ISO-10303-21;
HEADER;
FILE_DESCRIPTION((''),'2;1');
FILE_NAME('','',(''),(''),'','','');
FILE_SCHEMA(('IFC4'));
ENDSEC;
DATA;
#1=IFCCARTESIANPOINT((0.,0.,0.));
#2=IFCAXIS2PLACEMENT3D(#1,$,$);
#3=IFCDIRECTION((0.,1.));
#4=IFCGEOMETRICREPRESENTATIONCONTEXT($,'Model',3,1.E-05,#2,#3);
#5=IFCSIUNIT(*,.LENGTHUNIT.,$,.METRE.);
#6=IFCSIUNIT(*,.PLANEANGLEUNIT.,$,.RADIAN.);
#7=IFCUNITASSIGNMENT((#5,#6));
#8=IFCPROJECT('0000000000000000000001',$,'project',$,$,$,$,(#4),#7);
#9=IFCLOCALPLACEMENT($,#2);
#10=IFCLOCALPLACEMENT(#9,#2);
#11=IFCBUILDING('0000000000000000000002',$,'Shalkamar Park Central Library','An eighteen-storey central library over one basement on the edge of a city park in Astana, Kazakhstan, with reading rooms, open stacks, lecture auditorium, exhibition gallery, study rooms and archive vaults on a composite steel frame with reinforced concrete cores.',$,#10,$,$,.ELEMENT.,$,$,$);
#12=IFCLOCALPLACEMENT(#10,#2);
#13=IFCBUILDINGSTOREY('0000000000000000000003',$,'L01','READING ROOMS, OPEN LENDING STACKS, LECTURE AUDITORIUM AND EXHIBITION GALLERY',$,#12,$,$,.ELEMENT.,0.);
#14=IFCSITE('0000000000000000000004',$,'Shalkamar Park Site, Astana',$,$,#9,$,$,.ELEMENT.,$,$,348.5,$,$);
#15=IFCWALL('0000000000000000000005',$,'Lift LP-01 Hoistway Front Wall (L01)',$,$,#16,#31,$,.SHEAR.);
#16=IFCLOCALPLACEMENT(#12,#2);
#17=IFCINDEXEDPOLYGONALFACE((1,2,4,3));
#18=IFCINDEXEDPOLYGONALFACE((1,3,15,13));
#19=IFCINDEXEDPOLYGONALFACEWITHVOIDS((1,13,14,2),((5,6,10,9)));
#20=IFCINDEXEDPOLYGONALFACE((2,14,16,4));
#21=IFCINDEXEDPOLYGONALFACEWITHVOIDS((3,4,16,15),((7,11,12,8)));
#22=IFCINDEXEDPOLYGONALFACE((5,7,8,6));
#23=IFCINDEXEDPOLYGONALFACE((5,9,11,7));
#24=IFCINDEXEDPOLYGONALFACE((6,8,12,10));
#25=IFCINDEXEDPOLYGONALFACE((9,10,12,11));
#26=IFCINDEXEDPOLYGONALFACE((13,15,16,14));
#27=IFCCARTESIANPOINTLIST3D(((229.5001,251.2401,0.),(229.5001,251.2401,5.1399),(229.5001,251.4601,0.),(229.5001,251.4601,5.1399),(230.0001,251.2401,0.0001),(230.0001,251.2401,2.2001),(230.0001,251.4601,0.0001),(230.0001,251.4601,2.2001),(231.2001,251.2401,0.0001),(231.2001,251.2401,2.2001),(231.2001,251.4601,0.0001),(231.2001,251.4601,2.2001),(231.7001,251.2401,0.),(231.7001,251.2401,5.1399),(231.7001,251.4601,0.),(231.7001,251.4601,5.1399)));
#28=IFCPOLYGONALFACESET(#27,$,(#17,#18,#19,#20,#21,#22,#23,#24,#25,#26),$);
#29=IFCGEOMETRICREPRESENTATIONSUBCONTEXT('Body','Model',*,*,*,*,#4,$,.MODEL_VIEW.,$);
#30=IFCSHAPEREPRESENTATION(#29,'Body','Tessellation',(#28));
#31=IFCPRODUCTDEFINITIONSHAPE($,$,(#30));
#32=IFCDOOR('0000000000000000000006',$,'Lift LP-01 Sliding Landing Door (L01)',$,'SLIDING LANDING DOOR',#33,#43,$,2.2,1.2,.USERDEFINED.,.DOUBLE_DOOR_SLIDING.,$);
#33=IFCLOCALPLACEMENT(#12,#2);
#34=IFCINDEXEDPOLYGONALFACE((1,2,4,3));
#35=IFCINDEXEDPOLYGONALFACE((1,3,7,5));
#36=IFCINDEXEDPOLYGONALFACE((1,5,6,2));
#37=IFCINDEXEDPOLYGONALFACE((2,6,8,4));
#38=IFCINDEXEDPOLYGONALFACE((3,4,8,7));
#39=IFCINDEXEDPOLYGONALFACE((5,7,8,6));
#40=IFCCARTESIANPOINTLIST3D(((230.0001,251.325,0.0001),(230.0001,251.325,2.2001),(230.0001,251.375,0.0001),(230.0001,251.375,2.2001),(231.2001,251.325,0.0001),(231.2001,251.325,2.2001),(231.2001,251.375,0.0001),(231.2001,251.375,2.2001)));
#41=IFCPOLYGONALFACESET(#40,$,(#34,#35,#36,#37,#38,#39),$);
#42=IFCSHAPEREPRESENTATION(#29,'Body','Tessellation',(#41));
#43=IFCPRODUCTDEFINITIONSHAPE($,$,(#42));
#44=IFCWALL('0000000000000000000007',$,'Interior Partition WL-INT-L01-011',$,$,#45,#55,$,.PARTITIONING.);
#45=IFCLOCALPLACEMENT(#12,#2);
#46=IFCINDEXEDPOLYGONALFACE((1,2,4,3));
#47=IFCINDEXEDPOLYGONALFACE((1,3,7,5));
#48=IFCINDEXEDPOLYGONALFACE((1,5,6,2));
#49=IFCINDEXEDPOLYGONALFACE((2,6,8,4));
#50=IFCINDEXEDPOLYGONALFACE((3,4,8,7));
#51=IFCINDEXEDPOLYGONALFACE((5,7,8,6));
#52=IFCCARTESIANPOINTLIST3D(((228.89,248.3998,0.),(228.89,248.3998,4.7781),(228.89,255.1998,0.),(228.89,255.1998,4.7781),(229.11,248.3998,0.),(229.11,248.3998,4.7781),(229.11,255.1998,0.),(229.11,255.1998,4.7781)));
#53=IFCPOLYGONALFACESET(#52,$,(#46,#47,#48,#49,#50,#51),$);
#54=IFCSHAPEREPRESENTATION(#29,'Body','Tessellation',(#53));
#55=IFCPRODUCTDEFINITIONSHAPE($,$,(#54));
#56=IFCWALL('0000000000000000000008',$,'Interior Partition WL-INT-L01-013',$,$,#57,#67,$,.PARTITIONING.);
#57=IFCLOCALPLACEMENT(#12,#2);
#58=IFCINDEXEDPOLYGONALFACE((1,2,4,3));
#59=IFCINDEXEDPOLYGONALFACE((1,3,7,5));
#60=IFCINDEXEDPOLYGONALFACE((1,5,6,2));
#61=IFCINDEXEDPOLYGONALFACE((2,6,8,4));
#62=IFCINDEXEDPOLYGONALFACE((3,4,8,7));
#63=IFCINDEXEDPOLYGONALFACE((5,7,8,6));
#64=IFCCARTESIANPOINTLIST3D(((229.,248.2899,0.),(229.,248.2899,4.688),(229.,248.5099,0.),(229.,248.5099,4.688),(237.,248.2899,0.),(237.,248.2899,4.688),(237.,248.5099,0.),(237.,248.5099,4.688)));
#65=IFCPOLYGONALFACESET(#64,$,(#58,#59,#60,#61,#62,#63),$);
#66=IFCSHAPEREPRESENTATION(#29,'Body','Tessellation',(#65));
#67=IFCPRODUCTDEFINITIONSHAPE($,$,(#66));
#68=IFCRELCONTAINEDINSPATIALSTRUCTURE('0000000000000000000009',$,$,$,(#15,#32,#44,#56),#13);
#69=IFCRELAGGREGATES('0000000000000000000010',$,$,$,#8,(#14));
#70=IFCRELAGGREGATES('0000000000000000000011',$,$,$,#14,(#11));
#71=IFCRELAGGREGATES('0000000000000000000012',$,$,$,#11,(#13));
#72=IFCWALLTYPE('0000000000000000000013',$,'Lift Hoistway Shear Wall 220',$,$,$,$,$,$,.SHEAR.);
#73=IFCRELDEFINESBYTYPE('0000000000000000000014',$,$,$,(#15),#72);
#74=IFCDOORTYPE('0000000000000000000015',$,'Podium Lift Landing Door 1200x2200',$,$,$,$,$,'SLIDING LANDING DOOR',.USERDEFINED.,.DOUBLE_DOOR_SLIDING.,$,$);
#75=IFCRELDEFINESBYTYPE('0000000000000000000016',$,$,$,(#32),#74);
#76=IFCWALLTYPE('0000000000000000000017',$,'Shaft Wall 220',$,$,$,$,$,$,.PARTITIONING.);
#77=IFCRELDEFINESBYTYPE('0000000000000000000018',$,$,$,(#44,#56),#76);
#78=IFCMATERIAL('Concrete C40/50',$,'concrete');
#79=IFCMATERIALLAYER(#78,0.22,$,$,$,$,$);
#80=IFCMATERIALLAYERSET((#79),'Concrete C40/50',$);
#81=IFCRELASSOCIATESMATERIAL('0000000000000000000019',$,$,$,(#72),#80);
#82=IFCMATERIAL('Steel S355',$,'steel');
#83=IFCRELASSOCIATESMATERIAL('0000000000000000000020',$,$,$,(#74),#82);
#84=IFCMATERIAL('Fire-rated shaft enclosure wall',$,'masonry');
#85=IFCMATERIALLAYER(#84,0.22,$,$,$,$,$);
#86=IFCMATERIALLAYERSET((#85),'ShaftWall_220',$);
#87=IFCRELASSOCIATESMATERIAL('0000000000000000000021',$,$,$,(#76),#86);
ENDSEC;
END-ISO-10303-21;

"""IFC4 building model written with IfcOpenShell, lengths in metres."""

from ifc_helpers import new_model, si_unit, direction, frame, frame_2d, origin, place, context, subcontext, project, spatial, rectangle, extrude, material, layer, layer_set, type_object, element, fill, save


model = new_model("IFC4")

# Units and contexts
model_context = context("Model", 3, precision=1e-05, world=origin(), true_north=direction((0.0, 1.0)))
body_context = subcontext(model_context, "Body", "Model", "MODEL_VIEW")
ifc_project = project(units=[si_unit("LENGTHUNIT", "METRE"), si_unit("PLANEANGLEUNIT", "RADIAN")], contexts=[model_context])

# Site, building, storey
site_placement = place(None, origin())
site = spatial("IfcSite", under=ifc_project, at=site_placement, Name="Shalkamar Park Site, Astana", CompositionType="ELEMENT", RefElevation=348.5)
building_placement = place(site_placement, origin())
building = spatial("IfcBuilding", under=site, at=building_placement, Name="Shalkamar Park Central Library", Description="An eighteen-storey central library over one basement on the edge of a city park in Astana, Kazakhstan, with reading rooms, open stacks, lecture auditorium, exhibition gallery, study rooms and archive vaults on a composite steel frame with reinforced concrete cores.", CompositionType="ELEMENT")
storey_placement = place(building_placement, origin())
storey = spatial("IfcBuildingStorey", under=building, at=storey_placement, Name="L01", Description="READING ROOMS, OPEN LENDING STACKS, LECTURE AUDITORIUM AND EXHIBITION GALLERY", CompositionType="ELEMENT", Elevation=0.0)

# Shared definitions
ifc_material_1 = material(Name="Steel S355", Category="steel")

# Shared definitions
ifc_material_2 = material(Name="Concrete C40/50", Category="concrete")
ifc_layer_1 = layer(ifc_material_2, 0.22)
ifc_layer_set_1 = layer_set([ifc_layer_1], Name="Concrete C40/50")
wall_type_1 = type_object("IfcWallType", Name="Lift Hoistway Shear Wall 220", PredefinedType="SHEAR", material=ifc_layer_set_1)

# Wall, opening, door
wall_1_placement = place(storey_placement, frame((229.5, 251.3501, 0.0), z_axis=(0.0, 0.0, 1.0), x_axis=(1.0, 0.0, 0.0)))
wall_1 = element("IfcWall", 1, at=wall_1_placement, inside=storey, type_object=wall_type_1, Name="Lift LP-01 Hoistway Front Wall (L01)", PredefinedType="SHEAR", context=body_context, shape_type="SweptSolid", body=[
    extrude(rectangle(XDim=2.2, YDim=0.22, at=frame_2d((1.1001, 0.0))), origin(), (0.0, 0.0, 1.0), 5.1399),
])
opening_1_placement = place(wall_1_placement, frame((0.5, 0.0, 0.0)))
opening_1 = element("IfcOpeningElement", 2, at=opening_1_placement, cuts=wall_1, PredefinedType="OPENING", context=body_context, shape_type="SweptSolid", body=[
    extrude(rectangle(XDim=1.2, YDim=2.2, at=frame_2d((0.6001, 1.1001))), frame((0.0, 0.125, 0.0), z_axis=(0.0, -1.0, 0.0), x_axis=(1.0, 0.0, 0.0)), (0.0, 0.0, 1.0), 0.2498),
])
door_type = type_object("IfcDoorType", Name="Podium Lift Landing Door 1200x2200", ElementType="SLIDING LANDING DOOR", OperationType="DOUBLE_DOOR_SLIDING", PredefinedType="USERDEFINED", material=ifc_material_1)
door_placement = place(opening_1_placement, origin())
door = element("IfcDoor", 3, at=door_placement, inside=storey, type_object=door_type, Name="Lift LP-01 Sliding Landing Door (L01)", ObjectType="SLIDING LANDING DOOR", OperationType="DOUBLE_DOOR_SLIDING", OverallHeight=2.2, OverallWidth=1.2, PredefinedType="USERDEFINED", context=body_context, shape_type="SweptSolid", body=[
    extrude(rectangle(XDim=1.2, YDim=2.2, at=frame_2d((0.6001, 1.1001))), frame((0.0, 0.0249, 0.0), z_axis=(0.0, -1.0, 0.0), x_axis=(1.0, 0.0, 0.0)), (0.0, 0.0, 1.0), 0.05),
])
fill(opening_1, door)

# Walls
ifc_material_3 = material(Name="Fire-rated shaft enclosure wall", Category="masonry")
ifc_layer_2 = layer(ifc_material_3, 0.22)
ifc_layer_set_2 = layer_set([ifc_layer_2], Name="ShaftWall_220")
wall_type_2 = type_object("IfcWallType", Name="Shaft Wall 220", PredefinedType="PARTITIONING", material=ifc_layer_set_2)
wall_2_placement = place(storey_placement, frame((229.0, 248.3999, 0.0), z_axis=(0.0, 0.0, 1.0), x_axis=(0.0, 1.0, 0.0)))
element("IfcWall", 4, at=wall_2_placement, inside=storey, type_object=wall_type_2, Name="Interior Partition WL-INT-L01-011", PredefinedType="PARTITIONING", context=body_context, shape_type="SweptSolid", body=[
    extrude(rectangle(XDim=6.8, YDim=0.22, at=frame_2d((3.3999, 0.0))), origin(), (0.0, 0.0, 1.0), 4.7781),
])
wall_3_placement = place(storey_placement, frame((229.0, 248.3999, 0.0), z_axis=(0.0, 0.0, 1.0), x_axis=(1.0, 0.0, 0.0)))
element("IfcWall", 5, at=wall_3_placement, inside=storey, type_object=wall_type_2, Name="Interior Partition WL-INT-L01-013", PredefinedType="PARTITIONING", context=body_context, shape_type="SweptSolid", body=[
    extrude(rectangle(XDim=8.0, YDim=0.22, at=frame_2d((4.0, 0.0))), origin(), (0.0, 0.0, 1.0), 4.688),
])

save(model, "model.ifc")
